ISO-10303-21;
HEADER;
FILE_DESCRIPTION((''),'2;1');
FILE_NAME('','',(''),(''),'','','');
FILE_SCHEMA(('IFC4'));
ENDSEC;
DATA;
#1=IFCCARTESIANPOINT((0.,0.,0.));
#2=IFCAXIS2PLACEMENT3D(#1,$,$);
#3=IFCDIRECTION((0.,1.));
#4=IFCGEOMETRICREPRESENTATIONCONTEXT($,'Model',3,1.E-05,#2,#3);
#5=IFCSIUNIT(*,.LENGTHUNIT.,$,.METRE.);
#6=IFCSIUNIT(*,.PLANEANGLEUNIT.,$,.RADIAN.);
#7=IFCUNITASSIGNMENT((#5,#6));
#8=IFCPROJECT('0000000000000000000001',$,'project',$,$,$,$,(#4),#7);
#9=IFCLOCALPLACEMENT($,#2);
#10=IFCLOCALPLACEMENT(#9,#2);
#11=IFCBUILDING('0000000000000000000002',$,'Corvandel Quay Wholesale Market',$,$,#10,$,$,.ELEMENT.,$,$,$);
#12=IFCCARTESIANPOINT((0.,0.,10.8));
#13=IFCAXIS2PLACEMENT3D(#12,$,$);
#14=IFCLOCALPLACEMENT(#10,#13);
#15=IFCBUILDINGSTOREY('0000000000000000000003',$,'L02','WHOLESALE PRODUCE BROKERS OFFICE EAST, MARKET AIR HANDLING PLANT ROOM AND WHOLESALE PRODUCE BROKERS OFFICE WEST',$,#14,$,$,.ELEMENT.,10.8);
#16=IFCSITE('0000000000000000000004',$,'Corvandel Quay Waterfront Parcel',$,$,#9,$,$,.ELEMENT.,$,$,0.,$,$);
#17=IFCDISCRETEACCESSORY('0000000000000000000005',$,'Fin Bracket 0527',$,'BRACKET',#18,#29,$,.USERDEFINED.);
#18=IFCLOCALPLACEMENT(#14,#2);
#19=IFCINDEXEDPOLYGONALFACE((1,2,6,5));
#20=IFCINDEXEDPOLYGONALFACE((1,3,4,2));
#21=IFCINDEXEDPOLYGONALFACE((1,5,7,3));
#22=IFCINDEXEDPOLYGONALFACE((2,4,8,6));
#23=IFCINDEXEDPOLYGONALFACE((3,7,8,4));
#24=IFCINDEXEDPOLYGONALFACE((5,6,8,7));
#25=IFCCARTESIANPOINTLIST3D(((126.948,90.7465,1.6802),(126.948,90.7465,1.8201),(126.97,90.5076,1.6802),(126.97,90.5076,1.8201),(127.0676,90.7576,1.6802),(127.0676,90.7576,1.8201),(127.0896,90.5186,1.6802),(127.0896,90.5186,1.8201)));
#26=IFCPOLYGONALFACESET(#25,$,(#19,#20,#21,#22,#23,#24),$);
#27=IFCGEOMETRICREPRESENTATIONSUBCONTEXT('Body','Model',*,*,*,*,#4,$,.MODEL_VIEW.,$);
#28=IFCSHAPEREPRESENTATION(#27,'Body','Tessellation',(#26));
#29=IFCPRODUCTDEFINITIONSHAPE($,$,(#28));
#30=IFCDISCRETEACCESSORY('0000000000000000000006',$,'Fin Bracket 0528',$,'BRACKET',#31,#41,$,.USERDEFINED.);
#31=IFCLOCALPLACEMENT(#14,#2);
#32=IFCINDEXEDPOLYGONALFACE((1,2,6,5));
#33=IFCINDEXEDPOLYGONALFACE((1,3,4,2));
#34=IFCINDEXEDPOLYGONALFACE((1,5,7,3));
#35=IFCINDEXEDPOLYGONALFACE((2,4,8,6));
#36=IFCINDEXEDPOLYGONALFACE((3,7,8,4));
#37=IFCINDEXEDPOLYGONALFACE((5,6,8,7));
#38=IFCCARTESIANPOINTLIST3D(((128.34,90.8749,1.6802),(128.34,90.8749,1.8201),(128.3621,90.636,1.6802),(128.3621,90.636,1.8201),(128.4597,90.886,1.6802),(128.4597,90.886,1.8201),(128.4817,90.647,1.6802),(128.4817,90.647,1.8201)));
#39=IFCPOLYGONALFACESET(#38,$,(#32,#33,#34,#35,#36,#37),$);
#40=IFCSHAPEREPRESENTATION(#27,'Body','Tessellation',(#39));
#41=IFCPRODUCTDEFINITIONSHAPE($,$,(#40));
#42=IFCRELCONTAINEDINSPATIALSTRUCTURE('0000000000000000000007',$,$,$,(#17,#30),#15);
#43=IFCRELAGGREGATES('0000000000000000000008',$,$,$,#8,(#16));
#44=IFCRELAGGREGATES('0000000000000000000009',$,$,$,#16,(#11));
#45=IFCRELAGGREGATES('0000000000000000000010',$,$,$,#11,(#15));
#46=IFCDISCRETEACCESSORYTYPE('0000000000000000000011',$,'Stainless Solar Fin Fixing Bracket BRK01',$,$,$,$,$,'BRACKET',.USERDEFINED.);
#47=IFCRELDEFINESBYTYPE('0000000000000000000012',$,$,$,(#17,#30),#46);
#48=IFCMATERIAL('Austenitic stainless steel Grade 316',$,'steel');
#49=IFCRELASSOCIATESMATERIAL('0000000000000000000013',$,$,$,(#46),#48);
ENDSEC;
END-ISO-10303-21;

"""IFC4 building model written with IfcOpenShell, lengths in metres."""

from ifc_helpers import new_model, si_unit, direction, frame, origin, origin_2d, place, context, subcontext, project, spatial, rectangle, extrude, material, type_object, element, save


model = new_model("IFC4")

# Units and contexts
model_context = context("Model", 3, precision=1e-05, world=origin(), true_north=direction((0.0, 1.0)))
body_context = subcontext(model_context, "Body", "Model", "MODEL_VIEW")
ifc_project = project(units=[si_unit("LENGTHUNIT", "METRE"), si_unit("PLANEANGLEUNIT", "RADIAN")], contexts=[model_context])

# Site, building, storey
site_placement = place(None, origin())
site = spatial("IfcSite", under=ifc_project, at=site_placement, Name="Corvandel Quay Waterfront Parcel", CompositionType="ELEMENT", RefElevation=0.0)
building_placement = place(site_placement, origin())
building = spatial("IfcBuilding", under=site, at=building_placement, Name="Corvandel Quay Wholesale Market", CompositionType="ELEMENT")
storey_placement = place(building_placement, frame((0.0, 0.0, 10.8)))
storey = spatial("IfcBuildingStorey", under=building, at=storey_placement, Name="L02", Description="WHOLESALE PRODUCE BROKERS OFFICE EAST, MARKET AIR HANDLING PLANT ROOM AND WHOLESALE PRODUCE BROKERS OFFICE WEST", CompositionType="ELEMENT", Elevation=10.8)

# Discrete accessories
ifc_material_1 = material(Name="Austenitic stainless steel Grade 316", Category="steel")
discrete_accessory_type = type_object("IfcDiscreteAccessoryType", Name="Stainless Solar Fin Fixing Bracket BRK01", ElementType="BRACKET", PredefinedType="USERDEFINED", material=ifc_material_1)
for number, where, z_axis, x_axis, name in (
    (1, (127.0188, 90.6326, 1.6802), (0.0, 0.0, 1.0), (-0.092023, 0.995757, 0.0), "Fin Bracket 0527"),
    (2, (128.4109, 90.761, 1.6802), (0.0, 0.0, 1.0), (-0.092023, 0.995757, 0.0), "Fin Bracket 0528"),
):
    element("IfcDiscreteAccessory", number, at=place(storey_placement, frame(where, z_axis=z_axis, x_axis=x_axis)), inside=storey, type_object=discrete_accessory_type, Name=name, ObjectType="BRACKET", PredefinedType="USERDEFINED", context=body_context, shape_type="SweptSolid", body=[
        extrude(rectangle(XDim=0.24, YDim=0.1201, at=origin_2d()), origin(), (0.0, 0.0, 1.0), 0.1399),
    ])

save(model, "model.ifc")
